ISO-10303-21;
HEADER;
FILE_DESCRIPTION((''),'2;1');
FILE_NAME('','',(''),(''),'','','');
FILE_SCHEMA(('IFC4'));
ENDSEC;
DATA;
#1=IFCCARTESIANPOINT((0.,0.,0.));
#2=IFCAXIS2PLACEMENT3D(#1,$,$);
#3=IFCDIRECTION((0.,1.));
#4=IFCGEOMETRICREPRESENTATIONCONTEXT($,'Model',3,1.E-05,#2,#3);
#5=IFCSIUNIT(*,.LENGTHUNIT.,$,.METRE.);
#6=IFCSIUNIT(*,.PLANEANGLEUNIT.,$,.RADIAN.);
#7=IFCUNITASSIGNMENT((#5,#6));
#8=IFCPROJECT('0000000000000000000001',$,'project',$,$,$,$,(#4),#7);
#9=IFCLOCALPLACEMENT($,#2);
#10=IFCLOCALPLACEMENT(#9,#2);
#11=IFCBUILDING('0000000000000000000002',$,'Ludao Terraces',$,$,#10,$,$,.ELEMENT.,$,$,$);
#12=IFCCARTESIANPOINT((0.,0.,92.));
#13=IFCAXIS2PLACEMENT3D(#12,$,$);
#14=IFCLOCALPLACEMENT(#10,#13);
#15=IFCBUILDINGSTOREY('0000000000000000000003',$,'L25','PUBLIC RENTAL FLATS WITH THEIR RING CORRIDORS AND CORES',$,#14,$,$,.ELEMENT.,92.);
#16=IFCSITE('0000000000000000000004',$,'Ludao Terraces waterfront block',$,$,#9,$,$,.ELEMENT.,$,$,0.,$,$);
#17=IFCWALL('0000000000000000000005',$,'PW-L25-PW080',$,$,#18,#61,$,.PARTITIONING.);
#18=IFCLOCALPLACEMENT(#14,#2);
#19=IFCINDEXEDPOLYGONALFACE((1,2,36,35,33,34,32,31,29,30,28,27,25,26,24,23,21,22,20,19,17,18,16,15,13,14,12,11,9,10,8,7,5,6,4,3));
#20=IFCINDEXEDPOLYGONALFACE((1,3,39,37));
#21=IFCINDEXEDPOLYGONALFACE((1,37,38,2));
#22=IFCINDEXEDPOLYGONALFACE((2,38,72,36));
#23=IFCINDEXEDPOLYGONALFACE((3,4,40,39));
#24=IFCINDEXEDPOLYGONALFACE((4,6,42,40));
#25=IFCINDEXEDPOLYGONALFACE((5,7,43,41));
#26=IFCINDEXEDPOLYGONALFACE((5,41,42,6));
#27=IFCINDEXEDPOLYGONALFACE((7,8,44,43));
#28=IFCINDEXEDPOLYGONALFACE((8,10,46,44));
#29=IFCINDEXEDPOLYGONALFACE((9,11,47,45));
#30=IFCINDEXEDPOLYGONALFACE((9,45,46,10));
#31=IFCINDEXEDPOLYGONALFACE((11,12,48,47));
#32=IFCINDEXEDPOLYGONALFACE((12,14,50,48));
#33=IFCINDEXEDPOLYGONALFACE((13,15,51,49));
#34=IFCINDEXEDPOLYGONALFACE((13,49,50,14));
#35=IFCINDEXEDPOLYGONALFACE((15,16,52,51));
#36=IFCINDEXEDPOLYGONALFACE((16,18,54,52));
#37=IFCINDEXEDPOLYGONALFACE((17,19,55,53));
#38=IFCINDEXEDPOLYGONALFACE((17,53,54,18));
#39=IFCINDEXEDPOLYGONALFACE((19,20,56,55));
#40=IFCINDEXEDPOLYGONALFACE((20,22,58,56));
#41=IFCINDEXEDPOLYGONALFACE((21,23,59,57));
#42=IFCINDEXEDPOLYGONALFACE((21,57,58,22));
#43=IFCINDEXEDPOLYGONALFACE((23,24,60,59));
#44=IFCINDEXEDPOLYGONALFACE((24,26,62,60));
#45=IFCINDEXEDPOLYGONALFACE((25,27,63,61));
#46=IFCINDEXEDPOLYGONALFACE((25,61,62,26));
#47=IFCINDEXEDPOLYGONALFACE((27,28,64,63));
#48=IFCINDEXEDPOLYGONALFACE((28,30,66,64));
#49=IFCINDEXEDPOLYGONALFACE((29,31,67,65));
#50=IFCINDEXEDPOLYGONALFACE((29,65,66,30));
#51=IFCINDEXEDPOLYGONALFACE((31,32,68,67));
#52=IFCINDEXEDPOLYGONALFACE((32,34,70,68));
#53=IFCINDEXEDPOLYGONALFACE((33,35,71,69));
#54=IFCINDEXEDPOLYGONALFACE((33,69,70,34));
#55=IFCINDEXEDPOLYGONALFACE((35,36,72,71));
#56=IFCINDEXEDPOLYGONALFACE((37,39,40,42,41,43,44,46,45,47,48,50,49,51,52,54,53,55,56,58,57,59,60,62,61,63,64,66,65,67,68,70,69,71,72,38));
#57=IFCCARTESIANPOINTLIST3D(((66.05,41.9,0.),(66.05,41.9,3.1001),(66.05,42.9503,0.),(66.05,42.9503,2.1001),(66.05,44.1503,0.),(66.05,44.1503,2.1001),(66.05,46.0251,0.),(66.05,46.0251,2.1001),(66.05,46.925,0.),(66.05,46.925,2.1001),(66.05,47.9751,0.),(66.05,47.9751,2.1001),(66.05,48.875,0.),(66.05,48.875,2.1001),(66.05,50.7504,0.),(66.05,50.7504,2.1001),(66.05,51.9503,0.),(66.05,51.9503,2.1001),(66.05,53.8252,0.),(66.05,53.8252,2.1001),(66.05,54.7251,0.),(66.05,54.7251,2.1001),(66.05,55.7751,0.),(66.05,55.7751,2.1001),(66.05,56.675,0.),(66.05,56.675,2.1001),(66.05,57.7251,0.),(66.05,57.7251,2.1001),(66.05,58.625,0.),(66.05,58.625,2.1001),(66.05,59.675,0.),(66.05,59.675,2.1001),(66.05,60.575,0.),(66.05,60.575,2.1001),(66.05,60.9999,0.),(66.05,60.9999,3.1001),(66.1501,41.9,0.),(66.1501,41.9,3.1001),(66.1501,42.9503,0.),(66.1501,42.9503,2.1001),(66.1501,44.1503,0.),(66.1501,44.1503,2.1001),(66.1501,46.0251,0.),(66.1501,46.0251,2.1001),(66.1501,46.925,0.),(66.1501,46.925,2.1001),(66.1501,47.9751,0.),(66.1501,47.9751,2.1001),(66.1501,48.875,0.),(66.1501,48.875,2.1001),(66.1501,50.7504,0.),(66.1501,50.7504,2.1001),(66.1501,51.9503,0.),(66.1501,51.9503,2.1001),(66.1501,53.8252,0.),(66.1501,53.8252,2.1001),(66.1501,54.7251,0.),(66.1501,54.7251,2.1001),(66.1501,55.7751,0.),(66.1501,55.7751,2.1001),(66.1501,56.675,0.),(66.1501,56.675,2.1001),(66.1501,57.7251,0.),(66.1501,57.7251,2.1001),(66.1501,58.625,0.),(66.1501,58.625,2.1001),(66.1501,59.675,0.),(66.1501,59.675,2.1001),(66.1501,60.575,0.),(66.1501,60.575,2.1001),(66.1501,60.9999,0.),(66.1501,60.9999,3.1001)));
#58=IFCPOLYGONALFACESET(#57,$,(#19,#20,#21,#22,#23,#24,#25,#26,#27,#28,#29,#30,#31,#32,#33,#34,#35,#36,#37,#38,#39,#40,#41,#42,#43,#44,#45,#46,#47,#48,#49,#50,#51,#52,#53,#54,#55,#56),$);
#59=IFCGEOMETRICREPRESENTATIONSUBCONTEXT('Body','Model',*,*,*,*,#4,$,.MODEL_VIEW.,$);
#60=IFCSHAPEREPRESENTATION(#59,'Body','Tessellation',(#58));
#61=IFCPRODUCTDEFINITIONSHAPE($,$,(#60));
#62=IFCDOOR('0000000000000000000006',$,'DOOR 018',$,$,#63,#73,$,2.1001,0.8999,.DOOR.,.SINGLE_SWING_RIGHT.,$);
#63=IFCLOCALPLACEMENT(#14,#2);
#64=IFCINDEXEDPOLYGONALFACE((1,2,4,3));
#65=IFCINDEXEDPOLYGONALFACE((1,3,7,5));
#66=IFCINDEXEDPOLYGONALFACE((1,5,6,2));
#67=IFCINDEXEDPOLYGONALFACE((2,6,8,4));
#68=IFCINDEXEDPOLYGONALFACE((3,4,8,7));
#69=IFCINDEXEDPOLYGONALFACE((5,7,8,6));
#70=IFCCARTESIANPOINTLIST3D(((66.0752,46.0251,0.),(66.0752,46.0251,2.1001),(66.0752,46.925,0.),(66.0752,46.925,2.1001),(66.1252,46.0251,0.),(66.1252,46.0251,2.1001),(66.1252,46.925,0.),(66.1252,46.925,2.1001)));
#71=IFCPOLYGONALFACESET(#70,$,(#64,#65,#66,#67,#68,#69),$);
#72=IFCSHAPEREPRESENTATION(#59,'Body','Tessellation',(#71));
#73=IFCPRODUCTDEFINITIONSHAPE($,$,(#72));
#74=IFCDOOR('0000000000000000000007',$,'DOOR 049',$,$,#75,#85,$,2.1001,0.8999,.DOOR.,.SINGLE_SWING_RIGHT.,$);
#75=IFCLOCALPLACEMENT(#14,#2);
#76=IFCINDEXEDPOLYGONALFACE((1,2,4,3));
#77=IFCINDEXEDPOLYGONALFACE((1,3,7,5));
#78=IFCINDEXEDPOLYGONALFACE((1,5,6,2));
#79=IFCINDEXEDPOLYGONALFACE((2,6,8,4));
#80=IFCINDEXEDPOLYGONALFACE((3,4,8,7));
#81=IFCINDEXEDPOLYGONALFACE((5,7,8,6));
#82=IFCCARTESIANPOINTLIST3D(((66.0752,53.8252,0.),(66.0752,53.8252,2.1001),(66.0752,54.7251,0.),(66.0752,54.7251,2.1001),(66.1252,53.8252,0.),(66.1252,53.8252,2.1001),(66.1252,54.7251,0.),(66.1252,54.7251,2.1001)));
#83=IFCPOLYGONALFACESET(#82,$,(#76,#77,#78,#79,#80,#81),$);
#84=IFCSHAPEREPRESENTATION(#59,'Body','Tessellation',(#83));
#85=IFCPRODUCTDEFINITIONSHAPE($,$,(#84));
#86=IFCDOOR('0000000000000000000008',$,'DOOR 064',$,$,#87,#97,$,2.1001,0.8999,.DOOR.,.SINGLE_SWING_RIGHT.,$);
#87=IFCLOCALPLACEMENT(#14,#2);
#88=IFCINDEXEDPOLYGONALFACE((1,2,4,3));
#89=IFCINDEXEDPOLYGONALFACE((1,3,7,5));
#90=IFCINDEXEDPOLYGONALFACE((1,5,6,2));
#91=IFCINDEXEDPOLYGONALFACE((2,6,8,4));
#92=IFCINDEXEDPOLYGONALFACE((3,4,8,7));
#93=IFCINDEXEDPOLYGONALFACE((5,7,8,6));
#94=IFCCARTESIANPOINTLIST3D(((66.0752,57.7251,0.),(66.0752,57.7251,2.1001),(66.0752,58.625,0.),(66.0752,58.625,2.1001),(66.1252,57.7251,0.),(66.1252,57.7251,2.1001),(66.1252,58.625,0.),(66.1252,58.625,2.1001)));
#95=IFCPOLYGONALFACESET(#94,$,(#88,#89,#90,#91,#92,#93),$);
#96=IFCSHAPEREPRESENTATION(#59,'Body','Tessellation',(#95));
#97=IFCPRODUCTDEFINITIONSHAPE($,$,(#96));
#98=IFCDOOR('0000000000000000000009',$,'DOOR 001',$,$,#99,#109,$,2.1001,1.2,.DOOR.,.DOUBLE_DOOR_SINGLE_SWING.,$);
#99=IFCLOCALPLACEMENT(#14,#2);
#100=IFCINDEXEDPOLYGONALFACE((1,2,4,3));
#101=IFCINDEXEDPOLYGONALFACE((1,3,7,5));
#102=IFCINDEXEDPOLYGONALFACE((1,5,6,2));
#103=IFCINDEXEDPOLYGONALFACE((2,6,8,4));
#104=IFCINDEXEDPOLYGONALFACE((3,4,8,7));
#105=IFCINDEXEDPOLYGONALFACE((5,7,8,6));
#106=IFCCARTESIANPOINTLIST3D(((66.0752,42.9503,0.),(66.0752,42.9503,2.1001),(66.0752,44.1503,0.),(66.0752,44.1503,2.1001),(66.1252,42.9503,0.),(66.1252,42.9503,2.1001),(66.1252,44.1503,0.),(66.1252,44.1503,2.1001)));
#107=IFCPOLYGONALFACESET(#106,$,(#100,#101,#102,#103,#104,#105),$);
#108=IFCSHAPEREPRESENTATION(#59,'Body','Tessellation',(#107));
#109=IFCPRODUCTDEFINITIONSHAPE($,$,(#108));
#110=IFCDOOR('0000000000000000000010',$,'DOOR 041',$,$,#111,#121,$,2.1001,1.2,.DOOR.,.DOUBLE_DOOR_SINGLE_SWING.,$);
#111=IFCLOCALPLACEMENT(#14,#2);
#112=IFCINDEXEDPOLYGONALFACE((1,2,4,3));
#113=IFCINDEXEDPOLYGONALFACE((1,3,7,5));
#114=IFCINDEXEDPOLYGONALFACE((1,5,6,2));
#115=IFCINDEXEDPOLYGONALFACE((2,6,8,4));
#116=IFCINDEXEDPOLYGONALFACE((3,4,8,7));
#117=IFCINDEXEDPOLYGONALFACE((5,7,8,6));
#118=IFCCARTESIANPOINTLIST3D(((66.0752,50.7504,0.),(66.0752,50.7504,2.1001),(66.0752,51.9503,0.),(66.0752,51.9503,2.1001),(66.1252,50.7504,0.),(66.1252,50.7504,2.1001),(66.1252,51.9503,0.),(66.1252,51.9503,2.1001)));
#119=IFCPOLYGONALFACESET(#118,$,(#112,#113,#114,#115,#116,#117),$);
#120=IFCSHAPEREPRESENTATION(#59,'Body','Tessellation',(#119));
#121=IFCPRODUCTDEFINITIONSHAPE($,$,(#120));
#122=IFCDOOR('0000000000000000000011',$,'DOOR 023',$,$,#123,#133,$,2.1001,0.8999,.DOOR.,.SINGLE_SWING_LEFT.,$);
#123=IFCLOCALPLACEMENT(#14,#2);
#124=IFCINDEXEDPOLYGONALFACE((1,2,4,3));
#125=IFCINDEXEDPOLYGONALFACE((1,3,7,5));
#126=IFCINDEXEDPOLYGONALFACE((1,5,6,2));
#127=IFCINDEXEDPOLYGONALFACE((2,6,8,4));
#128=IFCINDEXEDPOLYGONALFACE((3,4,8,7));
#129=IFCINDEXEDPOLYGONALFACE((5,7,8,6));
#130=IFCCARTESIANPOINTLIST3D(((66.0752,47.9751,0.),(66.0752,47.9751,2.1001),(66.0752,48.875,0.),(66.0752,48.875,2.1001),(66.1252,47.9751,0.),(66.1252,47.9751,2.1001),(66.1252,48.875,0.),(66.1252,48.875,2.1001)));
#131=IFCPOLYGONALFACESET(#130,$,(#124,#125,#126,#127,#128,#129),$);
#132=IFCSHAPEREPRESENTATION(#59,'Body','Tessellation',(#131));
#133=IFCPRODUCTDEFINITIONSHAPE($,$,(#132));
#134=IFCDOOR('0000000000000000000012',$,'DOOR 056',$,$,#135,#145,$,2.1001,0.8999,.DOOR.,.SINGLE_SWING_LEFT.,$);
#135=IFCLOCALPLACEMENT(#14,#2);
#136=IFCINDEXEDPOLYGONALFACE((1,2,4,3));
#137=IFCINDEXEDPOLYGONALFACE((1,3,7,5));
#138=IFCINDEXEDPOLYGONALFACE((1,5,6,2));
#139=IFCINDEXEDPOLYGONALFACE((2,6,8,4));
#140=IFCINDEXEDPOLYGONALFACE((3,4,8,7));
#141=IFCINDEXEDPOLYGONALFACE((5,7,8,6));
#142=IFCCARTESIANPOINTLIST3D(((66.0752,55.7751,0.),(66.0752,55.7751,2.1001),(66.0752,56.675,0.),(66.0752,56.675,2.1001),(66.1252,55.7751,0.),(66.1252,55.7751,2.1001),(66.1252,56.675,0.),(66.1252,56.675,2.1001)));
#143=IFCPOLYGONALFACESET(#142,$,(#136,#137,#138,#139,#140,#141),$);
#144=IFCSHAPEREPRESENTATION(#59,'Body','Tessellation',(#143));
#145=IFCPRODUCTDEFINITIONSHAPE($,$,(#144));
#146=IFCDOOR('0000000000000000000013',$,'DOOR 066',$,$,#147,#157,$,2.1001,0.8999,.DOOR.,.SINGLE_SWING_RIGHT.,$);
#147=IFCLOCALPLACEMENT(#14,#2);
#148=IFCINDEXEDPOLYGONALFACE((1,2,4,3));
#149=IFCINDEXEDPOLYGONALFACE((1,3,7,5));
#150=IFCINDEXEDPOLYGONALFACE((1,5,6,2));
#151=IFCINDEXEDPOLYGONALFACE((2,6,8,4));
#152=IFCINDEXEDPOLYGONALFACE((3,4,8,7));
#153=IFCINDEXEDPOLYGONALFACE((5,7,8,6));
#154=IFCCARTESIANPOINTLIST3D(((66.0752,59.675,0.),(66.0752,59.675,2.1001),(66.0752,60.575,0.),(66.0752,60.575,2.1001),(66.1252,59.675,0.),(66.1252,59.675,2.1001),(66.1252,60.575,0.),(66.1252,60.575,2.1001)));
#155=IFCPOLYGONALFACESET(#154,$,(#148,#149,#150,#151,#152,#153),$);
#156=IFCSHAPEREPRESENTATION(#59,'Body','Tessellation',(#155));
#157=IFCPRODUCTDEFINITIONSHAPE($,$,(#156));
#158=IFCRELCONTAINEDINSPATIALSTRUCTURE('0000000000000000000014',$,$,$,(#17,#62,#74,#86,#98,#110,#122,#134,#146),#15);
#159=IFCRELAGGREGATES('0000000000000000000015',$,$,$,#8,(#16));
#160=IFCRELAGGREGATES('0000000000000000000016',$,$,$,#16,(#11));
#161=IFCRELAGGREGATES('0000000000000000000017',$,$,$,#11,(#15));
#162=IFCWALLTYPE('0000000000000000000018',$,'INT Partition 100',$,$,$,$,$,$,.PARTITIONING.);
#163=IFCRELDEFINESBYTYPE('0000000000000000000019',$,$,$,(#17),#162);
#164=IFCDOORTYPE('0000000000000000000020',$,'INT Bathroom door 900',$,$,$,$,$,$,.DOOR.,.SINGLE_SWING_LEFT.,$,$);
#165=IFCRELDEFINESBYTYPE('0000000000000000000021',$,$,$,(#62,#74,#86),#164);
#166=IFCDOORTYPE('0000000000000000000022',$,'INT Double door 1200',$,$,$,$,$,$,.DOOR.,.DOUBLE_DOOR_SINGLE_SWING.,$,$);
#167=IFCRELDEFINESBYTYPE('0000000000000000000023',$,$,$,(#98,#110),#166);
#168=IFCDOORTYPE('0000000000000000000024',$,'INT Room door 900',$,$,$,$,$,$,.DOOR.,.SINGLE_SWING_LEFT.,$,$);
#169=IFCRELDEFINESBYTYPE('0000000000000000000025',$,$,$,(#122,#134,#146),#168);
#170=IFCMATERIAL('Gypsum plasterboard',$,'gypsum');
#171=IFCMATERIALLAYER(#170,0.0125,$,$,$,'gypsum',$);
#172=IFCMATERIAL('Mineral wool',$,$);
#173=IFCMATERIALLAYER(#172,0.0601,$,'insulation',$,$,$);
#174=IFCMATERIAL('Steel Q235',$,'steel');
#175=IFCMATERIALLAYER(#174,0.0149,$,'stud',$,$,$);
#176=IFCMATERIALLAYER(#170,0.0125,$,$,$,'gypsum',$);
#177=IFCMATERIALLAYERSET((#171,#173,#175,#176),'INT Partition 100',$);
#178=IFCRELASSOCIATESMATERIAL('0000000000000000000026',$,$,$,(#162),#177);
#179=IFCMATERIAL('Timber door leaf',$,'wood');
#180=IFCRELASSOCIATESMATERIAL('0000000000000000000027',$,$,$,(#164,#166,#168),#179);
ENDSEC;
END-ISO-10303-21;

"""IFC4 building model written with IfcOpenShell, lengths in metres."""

from ifc_helpers import new_model, si_unit, direction, frame, frame_2d, origin, place, context, subcontext, project, spatial, rectangle, extrude, material, layer, layer_set, type_object, element, fill, save


model = new_model("IFC4")

# Units and contexts
model_context = context("Model", 3, precision=1e-05, world=origin(), true_north=direction((0.0, 1.0)))
body_context = subcontext(model_context, "Body", "Model", "MODEL_VIEW")
ifc_project = project(units=[si_unit("LENGTHUNIT", "METRE"), si_unit("PLANEANGLEUNIT", "RADIAN")], contexts=[model_context])

# Site, building, storey
site_placement = place(None, origin())
site = spatial("IfcSite", under=ifc_project, at=site_placement, Name="Ludao Terraces waterfront block", CompositionType="ELEMENT", RefElevation=0.0)
building_placement = place(site_placement, origin())
building = spatial("IfcBuilding", under=site, at=building_placement, Name="Ludao Terraces", CompositionType="ELEMENT")
storey_placement = place(building_placement, frame((0.0, 0.0, 92.0)))
storey = spatial("IfcBuildingStorey", under=building, at=storey_placement, Name="L25", Description="PUBLIC RENTAL FLATS WITH THEIR RING CORRIDORS AND CORES", CompositionType="ELEMENT", Elevation=92.0)

# Wall, openings, doors
ifc_material_1 = material(Name="Gypsum plasterboard", Category="gypsum")
ifc_layer_1 = layer(ifc_material_1, 0.0125, Category="gypsum")
ifc_material_2 = material(Name="Mineral wool")
ifc_layer_2 = layer(ifc_material_2, 0.0601, Name="insulation")
ifc_material_3 = material(Name="Steel Q235", Category="steel")
ifc_layer_3 = layer(ifc_material_3, 0.0149, Name="stud")
ifc_layer_4 = layer(ifc_material_1, 0.0125, Category="gypsum")
ifc_layer_set = layer_set([ifc_layer_1, ifc_layer_2, ifc_layer_3, ifc_layer_4], Name="INT Partition 100")
wall_type = type_object("IfcWallType", Name="INT Partition 100", PredefinedType="PARTITIONING", material=ifc_layer_set)
wall_placement = place(storey_placement, frame((66.1001, 41.9001, 0.0), z_axis=(0.0, 0.0, 1.0), x_axis=(0.0, 1.0, 0.0)))
wall = element("IfcWall", 1, at=wall_placement, inside=storey, type_object=wall_type, Name="PW-L25-PW080", PredefinedType="PARTITIONING", context=body_context, shape_type="SweptSolid", body=[
    extrude(rectangle(XDim=19.0999, YDim=0.1001, at=frame_2d((9.5498, 0.0))), origin(), (0.0, 0.0, 1.0), 3.1001),
])
opening_1_placement = place(wall_placement, frame((1.05, 0.0, 0.0)))
opening_1 = element("IfcOpeningElement", 2, at=opening_1_placement, cuts=wall, PredefinedType="OPENING", context=body_context, shape_type="SweptSolid", body=[
    extrude(rectangle(XDim=1.2, YDim=2.1001, at=frame_2d((0.6001, 1.05))), frame((0.0, 0.0601, 0.0), z_axis=(0.0, -1.0, 0.0), x_axis=(1.0, 0.0, 0.0)), (0.0, 0.0, 1.0), 0.1201),
])
opening_2_placement = place(wall_placement, frame((4.125, 0.0, 0.0)))
opening_2 = element("IfcOpeningElement", 3, at=opening_2_placement, cuts=wall, PredefinedType="OPENING", context=body_context, shape_type="SweptSolid", body=[
    extrude(rectangle(XDim=0.8999, YDim=2.1001, at=frame_2d((0.45, 1.05))), frame((0.0, 0.0601, 0.0), z_axis=(0.0, -1.0, 0.0), x_axis=(1.0, 0.0, 0.0)), (0.0, 0.0, 1.0), 0.1201),
])
opening_3_placement = place(wall_placement, frame((6.075, 0.0, 0.0)))
opening_3 = element("IfcOpeningElement", 4, at=opening_3_placement, cuts=wall, PredefinedType="OPENING", context=body_context, shape_type="SweptSolid", body=[
    extrude(rectangle(XDim=0.8999, YDim=2.1001, at=frame_2d((0.45, 1.05))), frame((0.0, 0.0601, 0.0), z_axis=(0.0, -1.0, 0.0), x_axis=(1.0, 0.0, 0.0)), (0.0, 0.0, 1.0), 0.1201),
])
opening_4_placement = place(wall_placement, frame((8.8501, 0.0, 0.0)))
opening_4 = element("IfcOpeningElement", 5, at=opening_4_placement, cuts=wall, PredefinedType="OPENING", context=body_context, shape_type="SweptSolid", body=[
    extrude(rectangle(XDim=1.2, YDim=2.1001, at=frame_2d((0.6001, 1.05))), frame((0.0, 0.0601, 0.0), z_axis=(0.0, -1.0, 0.0), x_axis=(1.0, 0.0, 0.0)), (0.0, 0.0, 1.0), 0.1201),
])
opening_5_placement = place(wall_placement, frame((11.925, 0.0, 0.0)))
opening_5 = element("IfcOpeningElement", 6, at=opening_5_placement, cuts=wall, PredefinedType="OPENING", context=body_context, shape_type="SweptSolid", body=[
    extrude(rectangle(XDim=0.8999, YDim=2.1001, at=frame_2d((0.45, 1.05))), frame((0.0, 0.0601, 0.0), z_axis=(0.0, -1.0, 0.0), x_axis=(1.0, 0.0, 0.0)), (0.0, 0.0, 1.0), 0.1201),
])
opening_6_placement = place(wall_placement, frame((13.875, 0.0, 0.0)))
opening_6 = element("IfcOpeningElement", 7, at=opening_6_placement, cuts=wall, PredefinedType="OPENING", context=body_context, shape_type="SweptSolid", body=[
    extrude(rectangle(XDim=0.8999, YDim=2.1001, at=frame_2d((0.45, 1.05))), frame((0.0, 0.0601, 0.0), z_axis=(0.0, -1.0, 0.0), x_axis=(1.0, 0.0, 0.0)), (0.0, 0.0, 1.0), 0.1201),
])
opening_7_placement = place(wall_placement, frame((15.825, 0.0, 0.0)))
opening_7 = element("IfcOpeningElement", 8, at=opening_7_placement, cuts=wall, PredefinedType="OPENING", context=body_context, shape_type="SweptSolid", body=[
    extrude(rectangle(XDim=0.8999, YDim=2.1001, at=frame_2d((0.45, 1.05))), frame((0.0, 0.0601, 0.0), z_axis=(0.0, -1.0, 0.0), x_axis=(1.0, 0.0, 0.0)), (0.0, 0.0, 1.0), 0.1201),
])
opening_8_placement = place(wall_placement, frame((17.7749, 0.0, 0.0)))
opening_8 = element("IfcOpeningElement", 9, at=opening_8_placement, cuts=wall, PredefinedType="OPENING", context=body_context, shape_type="SweptSolid", body=[
    extrude(rectangle(XDim=0.8999, YDim=2.1001, at=frame_2d((0.45, 1.05))), frame((0.0, 0.0601, 0.0), z_axis=(0.0, -1.0, 0.0), x_axis=(1.0, 0.0, 0.0)), (0.0, 0.0, 1.0), 0.1201),
])
ifc_material_4 = material(Name="Timber door leaf", Category="wood")
door_type_1 = type_object("IfcDoorType", Name="INT Bathroom door 900", OperationType="SINGLE_SWING_LEFT", PredefinedType="DOOR", material=ifc_material_4)
door_1_placement = place(opening_2_placement, origin())
door_1 = element("IfcDoor", 10, at=door_1_placement, inside=storey, type_object=door_type_1, Name="DOOR 018", OperationType="SINGLE_SWING_RIGHT", OverallHeight=2.1001, OverallWidth=0.8999, PredefinedType="DOOR", context=body_context, shape_type="SweptSolid", body=[
    extrude(rectangle(XDim=0.8999, YDim=2.1001, at=frame_2d((0.45, 1.05))), frame((0.0, 0.0249, 0.0), z_axis=(0.0, -1.0, 0.0), x_axis=(1.0, 0.0, 0.0)), (0.0, 0.0, 1.0), 0.05),
])
fill(opening_2, door_1)
door_2_placement = place(opening_5_placement, origin())
door_2 = element("IfcDoor", 11, at=door_2_placement, inside=storey, type_object=door_type_1, Name="DOOR 049", OperationType="SINGLE_SWING_RIGHT", OverallHeight=2.1001, OverallWidth=0.8999, PredefinedType="DOOR", context=body_context, shape_type="SweptSolid", body=[
    extrude(rectangle(XDim=0.8999, YDim=2.1001, at=frame_2d((0.45, 1.05))), frame((0.0, 0.0249, 0.0), z_axis=(0.0, -1.0, 0.0), x_axis=(1.0, 0.0, 0.0)), (0.0, 0.0, 1.0), 0.05),
])
fill(opening_5, door_2)
door_3_placement = place(opening_7_placement, origin())
door_3 = element("IfcDoor", 12, at=door_3_placement, inside=storey, type_object=door_type_1, Name="DOOR 064", OperationType="SINGLE_SWING_RIGHT", OverallHeight=2.1001, OverallWidth=0.8999, PredefinedType="DOOR", context=body_context, shape_type="SweptSolid", body=[
    extrude(rectangle(XDim=0.8999, YDim=2.1001, at=frame_2d((0.45, 1.05))), frame((0.0, 0.0249, 0.0), z_axis=(0.0, -1.0, 0.0), x_axis=(1.0, 0.0, 0.0)), (0.0, 0.0, 1.0), 0.05),
])
fill(opening_7, door_3)
door_type_2 = type_object("IfcDoorType", Name="INT Double door 1200", OperationType="DOUBLE_DOOR_SINGLE_SWING", PredefinedType="DOOR", material=ifc_material_4)
door_4_placement = place(opening_1_placement, origin())
door_4 = element("IfcDoor", 13, at=door_4_placement, inside=storey, type_object=door_type_2, Name="DOOR 001", OperationType="DOUBLE_DOOR_SINGLE_SWING", OverallHeight=2.1001, OverallWidth=1.2, PredefinedType="DOOR", context=body_context, shape_type="SweptSolid", body=[
    extrude(rectangle(XDim=1.2, YDim=2.1001, at=frame_2d((0.6001, 1.05))), frame((0.0, 0.0249, 0.0), z_axis=(0.0, -1.0, 0.0), x_axis=(1.0, 0.0, 0.0)), (0.0, 0.0, 1.0), 0.05),
])
fill(opening_1, door_4)
door_5_placement = place(opening_4_placement, origin())
door_5 = element("IfcDoor", 14, at=door_5_placement, inside=storey, type_object=door_type_2, Name="DOOR 041", OperationType="DOUBLE_DOOR_SINGLE_SWING", OverallHeight=2.1001, OverallWidth=1.2, PredefinedType="DOOR", context=body_context, shape_type="SweptSolid", body=[
    extrude(rectangle(XDim=1.2, YDim=2.1001, at=frame_2d((0.6001, 1.05))), frame((0.0, 0.0249, 0.0), z_axis=(0.0, -1.0, 0.0), x_axis=(1.0, 0.0, 0.0)), (0.0, 0.0, 1.0), 0.05),
])
fill(opening_4, door_5)
door_type_3 = type_object("IfcDoorType", Name="INT Room door 900", OperationType="SINGLE_SWING_LEFT", PredefinedType="DOOR", material=ifc_material_4)
door_6_placement = place(opening_3_placement, origin())
door_6 = element("IfcDoor", 15, at=door_6_placement, inside=storey, type_object=door_type_3, Name="DOOR 023", OperationType="SINGLE_SWING_LEFT", OverallHeight=2.1001, OverallWidth=0.8999, PredefinedType="DOOR", context=body_context, shape_type="SweptSolid", body=[
    extrude(rectangle(XDim=0.8999, YDim=2.1001, at=frame_2d((0.45, 1.05))), frame((0.0, 0.0249, 0.0), z_axis=(0.0, -1.0, 0.0), x_axis=(1.0, 0.0, 0.0)), (0.0, 0.0, 1.0), 0.05),
])
fill(opening_3, door_6)
door_7_placement = place(opening_6_placement, origin())
door_7 = element("IfcDoor", 16, at=door_7_placement, inside=storey, type_object=door_type_3, Name="DOOR 056", OperationType="SINGLE_SWING_LEFT", OverallHeight=2.1001, OverallWidth=0.8999, PredefinedType="DOOR", context=body_context, shape_type="SweptSolid", body=[
    extrude(rectangle(XDim=0.8999, YDim=2.1001, at=frame_2d((0.45, 1.05))), frame((0.0, 0.0249, 0.0), z_axis=(0.0, -1.0, 0.0), x_axis=(1.0, 0.0, 0.0)), (0.0, 0.0, 1.0), 0.05),
])
fill(opening_6, door_7)
door_8_placement = place(opening_8_placement, origin())
door_8 = element("IfcDoor", 17, at=door_8_placement, inside=storey, type_object=door_type_3, Name="DOOR 066", OperationType="SINGLE_SWING_RIGHT", OverallHeight=2.1001, OverallWidth=0.8999, PredefinedType="DOOR", context=body_context, shape_type="SweptSolid", body=[
    extrude(rectangle(XDim=0.8999, YDim=2.1001, at=frame_2d((0.45, 1.05))), frame((0.0, 0.0249, 0.0), z_axis=(0.0, -1.0, 0.0), x_axis=(1.0, 0.0, 0.0)), (0.0, 0.0, 1.0), 0.05),
])
fill(opening_8, door_8)

save(model, "model.ifc")
